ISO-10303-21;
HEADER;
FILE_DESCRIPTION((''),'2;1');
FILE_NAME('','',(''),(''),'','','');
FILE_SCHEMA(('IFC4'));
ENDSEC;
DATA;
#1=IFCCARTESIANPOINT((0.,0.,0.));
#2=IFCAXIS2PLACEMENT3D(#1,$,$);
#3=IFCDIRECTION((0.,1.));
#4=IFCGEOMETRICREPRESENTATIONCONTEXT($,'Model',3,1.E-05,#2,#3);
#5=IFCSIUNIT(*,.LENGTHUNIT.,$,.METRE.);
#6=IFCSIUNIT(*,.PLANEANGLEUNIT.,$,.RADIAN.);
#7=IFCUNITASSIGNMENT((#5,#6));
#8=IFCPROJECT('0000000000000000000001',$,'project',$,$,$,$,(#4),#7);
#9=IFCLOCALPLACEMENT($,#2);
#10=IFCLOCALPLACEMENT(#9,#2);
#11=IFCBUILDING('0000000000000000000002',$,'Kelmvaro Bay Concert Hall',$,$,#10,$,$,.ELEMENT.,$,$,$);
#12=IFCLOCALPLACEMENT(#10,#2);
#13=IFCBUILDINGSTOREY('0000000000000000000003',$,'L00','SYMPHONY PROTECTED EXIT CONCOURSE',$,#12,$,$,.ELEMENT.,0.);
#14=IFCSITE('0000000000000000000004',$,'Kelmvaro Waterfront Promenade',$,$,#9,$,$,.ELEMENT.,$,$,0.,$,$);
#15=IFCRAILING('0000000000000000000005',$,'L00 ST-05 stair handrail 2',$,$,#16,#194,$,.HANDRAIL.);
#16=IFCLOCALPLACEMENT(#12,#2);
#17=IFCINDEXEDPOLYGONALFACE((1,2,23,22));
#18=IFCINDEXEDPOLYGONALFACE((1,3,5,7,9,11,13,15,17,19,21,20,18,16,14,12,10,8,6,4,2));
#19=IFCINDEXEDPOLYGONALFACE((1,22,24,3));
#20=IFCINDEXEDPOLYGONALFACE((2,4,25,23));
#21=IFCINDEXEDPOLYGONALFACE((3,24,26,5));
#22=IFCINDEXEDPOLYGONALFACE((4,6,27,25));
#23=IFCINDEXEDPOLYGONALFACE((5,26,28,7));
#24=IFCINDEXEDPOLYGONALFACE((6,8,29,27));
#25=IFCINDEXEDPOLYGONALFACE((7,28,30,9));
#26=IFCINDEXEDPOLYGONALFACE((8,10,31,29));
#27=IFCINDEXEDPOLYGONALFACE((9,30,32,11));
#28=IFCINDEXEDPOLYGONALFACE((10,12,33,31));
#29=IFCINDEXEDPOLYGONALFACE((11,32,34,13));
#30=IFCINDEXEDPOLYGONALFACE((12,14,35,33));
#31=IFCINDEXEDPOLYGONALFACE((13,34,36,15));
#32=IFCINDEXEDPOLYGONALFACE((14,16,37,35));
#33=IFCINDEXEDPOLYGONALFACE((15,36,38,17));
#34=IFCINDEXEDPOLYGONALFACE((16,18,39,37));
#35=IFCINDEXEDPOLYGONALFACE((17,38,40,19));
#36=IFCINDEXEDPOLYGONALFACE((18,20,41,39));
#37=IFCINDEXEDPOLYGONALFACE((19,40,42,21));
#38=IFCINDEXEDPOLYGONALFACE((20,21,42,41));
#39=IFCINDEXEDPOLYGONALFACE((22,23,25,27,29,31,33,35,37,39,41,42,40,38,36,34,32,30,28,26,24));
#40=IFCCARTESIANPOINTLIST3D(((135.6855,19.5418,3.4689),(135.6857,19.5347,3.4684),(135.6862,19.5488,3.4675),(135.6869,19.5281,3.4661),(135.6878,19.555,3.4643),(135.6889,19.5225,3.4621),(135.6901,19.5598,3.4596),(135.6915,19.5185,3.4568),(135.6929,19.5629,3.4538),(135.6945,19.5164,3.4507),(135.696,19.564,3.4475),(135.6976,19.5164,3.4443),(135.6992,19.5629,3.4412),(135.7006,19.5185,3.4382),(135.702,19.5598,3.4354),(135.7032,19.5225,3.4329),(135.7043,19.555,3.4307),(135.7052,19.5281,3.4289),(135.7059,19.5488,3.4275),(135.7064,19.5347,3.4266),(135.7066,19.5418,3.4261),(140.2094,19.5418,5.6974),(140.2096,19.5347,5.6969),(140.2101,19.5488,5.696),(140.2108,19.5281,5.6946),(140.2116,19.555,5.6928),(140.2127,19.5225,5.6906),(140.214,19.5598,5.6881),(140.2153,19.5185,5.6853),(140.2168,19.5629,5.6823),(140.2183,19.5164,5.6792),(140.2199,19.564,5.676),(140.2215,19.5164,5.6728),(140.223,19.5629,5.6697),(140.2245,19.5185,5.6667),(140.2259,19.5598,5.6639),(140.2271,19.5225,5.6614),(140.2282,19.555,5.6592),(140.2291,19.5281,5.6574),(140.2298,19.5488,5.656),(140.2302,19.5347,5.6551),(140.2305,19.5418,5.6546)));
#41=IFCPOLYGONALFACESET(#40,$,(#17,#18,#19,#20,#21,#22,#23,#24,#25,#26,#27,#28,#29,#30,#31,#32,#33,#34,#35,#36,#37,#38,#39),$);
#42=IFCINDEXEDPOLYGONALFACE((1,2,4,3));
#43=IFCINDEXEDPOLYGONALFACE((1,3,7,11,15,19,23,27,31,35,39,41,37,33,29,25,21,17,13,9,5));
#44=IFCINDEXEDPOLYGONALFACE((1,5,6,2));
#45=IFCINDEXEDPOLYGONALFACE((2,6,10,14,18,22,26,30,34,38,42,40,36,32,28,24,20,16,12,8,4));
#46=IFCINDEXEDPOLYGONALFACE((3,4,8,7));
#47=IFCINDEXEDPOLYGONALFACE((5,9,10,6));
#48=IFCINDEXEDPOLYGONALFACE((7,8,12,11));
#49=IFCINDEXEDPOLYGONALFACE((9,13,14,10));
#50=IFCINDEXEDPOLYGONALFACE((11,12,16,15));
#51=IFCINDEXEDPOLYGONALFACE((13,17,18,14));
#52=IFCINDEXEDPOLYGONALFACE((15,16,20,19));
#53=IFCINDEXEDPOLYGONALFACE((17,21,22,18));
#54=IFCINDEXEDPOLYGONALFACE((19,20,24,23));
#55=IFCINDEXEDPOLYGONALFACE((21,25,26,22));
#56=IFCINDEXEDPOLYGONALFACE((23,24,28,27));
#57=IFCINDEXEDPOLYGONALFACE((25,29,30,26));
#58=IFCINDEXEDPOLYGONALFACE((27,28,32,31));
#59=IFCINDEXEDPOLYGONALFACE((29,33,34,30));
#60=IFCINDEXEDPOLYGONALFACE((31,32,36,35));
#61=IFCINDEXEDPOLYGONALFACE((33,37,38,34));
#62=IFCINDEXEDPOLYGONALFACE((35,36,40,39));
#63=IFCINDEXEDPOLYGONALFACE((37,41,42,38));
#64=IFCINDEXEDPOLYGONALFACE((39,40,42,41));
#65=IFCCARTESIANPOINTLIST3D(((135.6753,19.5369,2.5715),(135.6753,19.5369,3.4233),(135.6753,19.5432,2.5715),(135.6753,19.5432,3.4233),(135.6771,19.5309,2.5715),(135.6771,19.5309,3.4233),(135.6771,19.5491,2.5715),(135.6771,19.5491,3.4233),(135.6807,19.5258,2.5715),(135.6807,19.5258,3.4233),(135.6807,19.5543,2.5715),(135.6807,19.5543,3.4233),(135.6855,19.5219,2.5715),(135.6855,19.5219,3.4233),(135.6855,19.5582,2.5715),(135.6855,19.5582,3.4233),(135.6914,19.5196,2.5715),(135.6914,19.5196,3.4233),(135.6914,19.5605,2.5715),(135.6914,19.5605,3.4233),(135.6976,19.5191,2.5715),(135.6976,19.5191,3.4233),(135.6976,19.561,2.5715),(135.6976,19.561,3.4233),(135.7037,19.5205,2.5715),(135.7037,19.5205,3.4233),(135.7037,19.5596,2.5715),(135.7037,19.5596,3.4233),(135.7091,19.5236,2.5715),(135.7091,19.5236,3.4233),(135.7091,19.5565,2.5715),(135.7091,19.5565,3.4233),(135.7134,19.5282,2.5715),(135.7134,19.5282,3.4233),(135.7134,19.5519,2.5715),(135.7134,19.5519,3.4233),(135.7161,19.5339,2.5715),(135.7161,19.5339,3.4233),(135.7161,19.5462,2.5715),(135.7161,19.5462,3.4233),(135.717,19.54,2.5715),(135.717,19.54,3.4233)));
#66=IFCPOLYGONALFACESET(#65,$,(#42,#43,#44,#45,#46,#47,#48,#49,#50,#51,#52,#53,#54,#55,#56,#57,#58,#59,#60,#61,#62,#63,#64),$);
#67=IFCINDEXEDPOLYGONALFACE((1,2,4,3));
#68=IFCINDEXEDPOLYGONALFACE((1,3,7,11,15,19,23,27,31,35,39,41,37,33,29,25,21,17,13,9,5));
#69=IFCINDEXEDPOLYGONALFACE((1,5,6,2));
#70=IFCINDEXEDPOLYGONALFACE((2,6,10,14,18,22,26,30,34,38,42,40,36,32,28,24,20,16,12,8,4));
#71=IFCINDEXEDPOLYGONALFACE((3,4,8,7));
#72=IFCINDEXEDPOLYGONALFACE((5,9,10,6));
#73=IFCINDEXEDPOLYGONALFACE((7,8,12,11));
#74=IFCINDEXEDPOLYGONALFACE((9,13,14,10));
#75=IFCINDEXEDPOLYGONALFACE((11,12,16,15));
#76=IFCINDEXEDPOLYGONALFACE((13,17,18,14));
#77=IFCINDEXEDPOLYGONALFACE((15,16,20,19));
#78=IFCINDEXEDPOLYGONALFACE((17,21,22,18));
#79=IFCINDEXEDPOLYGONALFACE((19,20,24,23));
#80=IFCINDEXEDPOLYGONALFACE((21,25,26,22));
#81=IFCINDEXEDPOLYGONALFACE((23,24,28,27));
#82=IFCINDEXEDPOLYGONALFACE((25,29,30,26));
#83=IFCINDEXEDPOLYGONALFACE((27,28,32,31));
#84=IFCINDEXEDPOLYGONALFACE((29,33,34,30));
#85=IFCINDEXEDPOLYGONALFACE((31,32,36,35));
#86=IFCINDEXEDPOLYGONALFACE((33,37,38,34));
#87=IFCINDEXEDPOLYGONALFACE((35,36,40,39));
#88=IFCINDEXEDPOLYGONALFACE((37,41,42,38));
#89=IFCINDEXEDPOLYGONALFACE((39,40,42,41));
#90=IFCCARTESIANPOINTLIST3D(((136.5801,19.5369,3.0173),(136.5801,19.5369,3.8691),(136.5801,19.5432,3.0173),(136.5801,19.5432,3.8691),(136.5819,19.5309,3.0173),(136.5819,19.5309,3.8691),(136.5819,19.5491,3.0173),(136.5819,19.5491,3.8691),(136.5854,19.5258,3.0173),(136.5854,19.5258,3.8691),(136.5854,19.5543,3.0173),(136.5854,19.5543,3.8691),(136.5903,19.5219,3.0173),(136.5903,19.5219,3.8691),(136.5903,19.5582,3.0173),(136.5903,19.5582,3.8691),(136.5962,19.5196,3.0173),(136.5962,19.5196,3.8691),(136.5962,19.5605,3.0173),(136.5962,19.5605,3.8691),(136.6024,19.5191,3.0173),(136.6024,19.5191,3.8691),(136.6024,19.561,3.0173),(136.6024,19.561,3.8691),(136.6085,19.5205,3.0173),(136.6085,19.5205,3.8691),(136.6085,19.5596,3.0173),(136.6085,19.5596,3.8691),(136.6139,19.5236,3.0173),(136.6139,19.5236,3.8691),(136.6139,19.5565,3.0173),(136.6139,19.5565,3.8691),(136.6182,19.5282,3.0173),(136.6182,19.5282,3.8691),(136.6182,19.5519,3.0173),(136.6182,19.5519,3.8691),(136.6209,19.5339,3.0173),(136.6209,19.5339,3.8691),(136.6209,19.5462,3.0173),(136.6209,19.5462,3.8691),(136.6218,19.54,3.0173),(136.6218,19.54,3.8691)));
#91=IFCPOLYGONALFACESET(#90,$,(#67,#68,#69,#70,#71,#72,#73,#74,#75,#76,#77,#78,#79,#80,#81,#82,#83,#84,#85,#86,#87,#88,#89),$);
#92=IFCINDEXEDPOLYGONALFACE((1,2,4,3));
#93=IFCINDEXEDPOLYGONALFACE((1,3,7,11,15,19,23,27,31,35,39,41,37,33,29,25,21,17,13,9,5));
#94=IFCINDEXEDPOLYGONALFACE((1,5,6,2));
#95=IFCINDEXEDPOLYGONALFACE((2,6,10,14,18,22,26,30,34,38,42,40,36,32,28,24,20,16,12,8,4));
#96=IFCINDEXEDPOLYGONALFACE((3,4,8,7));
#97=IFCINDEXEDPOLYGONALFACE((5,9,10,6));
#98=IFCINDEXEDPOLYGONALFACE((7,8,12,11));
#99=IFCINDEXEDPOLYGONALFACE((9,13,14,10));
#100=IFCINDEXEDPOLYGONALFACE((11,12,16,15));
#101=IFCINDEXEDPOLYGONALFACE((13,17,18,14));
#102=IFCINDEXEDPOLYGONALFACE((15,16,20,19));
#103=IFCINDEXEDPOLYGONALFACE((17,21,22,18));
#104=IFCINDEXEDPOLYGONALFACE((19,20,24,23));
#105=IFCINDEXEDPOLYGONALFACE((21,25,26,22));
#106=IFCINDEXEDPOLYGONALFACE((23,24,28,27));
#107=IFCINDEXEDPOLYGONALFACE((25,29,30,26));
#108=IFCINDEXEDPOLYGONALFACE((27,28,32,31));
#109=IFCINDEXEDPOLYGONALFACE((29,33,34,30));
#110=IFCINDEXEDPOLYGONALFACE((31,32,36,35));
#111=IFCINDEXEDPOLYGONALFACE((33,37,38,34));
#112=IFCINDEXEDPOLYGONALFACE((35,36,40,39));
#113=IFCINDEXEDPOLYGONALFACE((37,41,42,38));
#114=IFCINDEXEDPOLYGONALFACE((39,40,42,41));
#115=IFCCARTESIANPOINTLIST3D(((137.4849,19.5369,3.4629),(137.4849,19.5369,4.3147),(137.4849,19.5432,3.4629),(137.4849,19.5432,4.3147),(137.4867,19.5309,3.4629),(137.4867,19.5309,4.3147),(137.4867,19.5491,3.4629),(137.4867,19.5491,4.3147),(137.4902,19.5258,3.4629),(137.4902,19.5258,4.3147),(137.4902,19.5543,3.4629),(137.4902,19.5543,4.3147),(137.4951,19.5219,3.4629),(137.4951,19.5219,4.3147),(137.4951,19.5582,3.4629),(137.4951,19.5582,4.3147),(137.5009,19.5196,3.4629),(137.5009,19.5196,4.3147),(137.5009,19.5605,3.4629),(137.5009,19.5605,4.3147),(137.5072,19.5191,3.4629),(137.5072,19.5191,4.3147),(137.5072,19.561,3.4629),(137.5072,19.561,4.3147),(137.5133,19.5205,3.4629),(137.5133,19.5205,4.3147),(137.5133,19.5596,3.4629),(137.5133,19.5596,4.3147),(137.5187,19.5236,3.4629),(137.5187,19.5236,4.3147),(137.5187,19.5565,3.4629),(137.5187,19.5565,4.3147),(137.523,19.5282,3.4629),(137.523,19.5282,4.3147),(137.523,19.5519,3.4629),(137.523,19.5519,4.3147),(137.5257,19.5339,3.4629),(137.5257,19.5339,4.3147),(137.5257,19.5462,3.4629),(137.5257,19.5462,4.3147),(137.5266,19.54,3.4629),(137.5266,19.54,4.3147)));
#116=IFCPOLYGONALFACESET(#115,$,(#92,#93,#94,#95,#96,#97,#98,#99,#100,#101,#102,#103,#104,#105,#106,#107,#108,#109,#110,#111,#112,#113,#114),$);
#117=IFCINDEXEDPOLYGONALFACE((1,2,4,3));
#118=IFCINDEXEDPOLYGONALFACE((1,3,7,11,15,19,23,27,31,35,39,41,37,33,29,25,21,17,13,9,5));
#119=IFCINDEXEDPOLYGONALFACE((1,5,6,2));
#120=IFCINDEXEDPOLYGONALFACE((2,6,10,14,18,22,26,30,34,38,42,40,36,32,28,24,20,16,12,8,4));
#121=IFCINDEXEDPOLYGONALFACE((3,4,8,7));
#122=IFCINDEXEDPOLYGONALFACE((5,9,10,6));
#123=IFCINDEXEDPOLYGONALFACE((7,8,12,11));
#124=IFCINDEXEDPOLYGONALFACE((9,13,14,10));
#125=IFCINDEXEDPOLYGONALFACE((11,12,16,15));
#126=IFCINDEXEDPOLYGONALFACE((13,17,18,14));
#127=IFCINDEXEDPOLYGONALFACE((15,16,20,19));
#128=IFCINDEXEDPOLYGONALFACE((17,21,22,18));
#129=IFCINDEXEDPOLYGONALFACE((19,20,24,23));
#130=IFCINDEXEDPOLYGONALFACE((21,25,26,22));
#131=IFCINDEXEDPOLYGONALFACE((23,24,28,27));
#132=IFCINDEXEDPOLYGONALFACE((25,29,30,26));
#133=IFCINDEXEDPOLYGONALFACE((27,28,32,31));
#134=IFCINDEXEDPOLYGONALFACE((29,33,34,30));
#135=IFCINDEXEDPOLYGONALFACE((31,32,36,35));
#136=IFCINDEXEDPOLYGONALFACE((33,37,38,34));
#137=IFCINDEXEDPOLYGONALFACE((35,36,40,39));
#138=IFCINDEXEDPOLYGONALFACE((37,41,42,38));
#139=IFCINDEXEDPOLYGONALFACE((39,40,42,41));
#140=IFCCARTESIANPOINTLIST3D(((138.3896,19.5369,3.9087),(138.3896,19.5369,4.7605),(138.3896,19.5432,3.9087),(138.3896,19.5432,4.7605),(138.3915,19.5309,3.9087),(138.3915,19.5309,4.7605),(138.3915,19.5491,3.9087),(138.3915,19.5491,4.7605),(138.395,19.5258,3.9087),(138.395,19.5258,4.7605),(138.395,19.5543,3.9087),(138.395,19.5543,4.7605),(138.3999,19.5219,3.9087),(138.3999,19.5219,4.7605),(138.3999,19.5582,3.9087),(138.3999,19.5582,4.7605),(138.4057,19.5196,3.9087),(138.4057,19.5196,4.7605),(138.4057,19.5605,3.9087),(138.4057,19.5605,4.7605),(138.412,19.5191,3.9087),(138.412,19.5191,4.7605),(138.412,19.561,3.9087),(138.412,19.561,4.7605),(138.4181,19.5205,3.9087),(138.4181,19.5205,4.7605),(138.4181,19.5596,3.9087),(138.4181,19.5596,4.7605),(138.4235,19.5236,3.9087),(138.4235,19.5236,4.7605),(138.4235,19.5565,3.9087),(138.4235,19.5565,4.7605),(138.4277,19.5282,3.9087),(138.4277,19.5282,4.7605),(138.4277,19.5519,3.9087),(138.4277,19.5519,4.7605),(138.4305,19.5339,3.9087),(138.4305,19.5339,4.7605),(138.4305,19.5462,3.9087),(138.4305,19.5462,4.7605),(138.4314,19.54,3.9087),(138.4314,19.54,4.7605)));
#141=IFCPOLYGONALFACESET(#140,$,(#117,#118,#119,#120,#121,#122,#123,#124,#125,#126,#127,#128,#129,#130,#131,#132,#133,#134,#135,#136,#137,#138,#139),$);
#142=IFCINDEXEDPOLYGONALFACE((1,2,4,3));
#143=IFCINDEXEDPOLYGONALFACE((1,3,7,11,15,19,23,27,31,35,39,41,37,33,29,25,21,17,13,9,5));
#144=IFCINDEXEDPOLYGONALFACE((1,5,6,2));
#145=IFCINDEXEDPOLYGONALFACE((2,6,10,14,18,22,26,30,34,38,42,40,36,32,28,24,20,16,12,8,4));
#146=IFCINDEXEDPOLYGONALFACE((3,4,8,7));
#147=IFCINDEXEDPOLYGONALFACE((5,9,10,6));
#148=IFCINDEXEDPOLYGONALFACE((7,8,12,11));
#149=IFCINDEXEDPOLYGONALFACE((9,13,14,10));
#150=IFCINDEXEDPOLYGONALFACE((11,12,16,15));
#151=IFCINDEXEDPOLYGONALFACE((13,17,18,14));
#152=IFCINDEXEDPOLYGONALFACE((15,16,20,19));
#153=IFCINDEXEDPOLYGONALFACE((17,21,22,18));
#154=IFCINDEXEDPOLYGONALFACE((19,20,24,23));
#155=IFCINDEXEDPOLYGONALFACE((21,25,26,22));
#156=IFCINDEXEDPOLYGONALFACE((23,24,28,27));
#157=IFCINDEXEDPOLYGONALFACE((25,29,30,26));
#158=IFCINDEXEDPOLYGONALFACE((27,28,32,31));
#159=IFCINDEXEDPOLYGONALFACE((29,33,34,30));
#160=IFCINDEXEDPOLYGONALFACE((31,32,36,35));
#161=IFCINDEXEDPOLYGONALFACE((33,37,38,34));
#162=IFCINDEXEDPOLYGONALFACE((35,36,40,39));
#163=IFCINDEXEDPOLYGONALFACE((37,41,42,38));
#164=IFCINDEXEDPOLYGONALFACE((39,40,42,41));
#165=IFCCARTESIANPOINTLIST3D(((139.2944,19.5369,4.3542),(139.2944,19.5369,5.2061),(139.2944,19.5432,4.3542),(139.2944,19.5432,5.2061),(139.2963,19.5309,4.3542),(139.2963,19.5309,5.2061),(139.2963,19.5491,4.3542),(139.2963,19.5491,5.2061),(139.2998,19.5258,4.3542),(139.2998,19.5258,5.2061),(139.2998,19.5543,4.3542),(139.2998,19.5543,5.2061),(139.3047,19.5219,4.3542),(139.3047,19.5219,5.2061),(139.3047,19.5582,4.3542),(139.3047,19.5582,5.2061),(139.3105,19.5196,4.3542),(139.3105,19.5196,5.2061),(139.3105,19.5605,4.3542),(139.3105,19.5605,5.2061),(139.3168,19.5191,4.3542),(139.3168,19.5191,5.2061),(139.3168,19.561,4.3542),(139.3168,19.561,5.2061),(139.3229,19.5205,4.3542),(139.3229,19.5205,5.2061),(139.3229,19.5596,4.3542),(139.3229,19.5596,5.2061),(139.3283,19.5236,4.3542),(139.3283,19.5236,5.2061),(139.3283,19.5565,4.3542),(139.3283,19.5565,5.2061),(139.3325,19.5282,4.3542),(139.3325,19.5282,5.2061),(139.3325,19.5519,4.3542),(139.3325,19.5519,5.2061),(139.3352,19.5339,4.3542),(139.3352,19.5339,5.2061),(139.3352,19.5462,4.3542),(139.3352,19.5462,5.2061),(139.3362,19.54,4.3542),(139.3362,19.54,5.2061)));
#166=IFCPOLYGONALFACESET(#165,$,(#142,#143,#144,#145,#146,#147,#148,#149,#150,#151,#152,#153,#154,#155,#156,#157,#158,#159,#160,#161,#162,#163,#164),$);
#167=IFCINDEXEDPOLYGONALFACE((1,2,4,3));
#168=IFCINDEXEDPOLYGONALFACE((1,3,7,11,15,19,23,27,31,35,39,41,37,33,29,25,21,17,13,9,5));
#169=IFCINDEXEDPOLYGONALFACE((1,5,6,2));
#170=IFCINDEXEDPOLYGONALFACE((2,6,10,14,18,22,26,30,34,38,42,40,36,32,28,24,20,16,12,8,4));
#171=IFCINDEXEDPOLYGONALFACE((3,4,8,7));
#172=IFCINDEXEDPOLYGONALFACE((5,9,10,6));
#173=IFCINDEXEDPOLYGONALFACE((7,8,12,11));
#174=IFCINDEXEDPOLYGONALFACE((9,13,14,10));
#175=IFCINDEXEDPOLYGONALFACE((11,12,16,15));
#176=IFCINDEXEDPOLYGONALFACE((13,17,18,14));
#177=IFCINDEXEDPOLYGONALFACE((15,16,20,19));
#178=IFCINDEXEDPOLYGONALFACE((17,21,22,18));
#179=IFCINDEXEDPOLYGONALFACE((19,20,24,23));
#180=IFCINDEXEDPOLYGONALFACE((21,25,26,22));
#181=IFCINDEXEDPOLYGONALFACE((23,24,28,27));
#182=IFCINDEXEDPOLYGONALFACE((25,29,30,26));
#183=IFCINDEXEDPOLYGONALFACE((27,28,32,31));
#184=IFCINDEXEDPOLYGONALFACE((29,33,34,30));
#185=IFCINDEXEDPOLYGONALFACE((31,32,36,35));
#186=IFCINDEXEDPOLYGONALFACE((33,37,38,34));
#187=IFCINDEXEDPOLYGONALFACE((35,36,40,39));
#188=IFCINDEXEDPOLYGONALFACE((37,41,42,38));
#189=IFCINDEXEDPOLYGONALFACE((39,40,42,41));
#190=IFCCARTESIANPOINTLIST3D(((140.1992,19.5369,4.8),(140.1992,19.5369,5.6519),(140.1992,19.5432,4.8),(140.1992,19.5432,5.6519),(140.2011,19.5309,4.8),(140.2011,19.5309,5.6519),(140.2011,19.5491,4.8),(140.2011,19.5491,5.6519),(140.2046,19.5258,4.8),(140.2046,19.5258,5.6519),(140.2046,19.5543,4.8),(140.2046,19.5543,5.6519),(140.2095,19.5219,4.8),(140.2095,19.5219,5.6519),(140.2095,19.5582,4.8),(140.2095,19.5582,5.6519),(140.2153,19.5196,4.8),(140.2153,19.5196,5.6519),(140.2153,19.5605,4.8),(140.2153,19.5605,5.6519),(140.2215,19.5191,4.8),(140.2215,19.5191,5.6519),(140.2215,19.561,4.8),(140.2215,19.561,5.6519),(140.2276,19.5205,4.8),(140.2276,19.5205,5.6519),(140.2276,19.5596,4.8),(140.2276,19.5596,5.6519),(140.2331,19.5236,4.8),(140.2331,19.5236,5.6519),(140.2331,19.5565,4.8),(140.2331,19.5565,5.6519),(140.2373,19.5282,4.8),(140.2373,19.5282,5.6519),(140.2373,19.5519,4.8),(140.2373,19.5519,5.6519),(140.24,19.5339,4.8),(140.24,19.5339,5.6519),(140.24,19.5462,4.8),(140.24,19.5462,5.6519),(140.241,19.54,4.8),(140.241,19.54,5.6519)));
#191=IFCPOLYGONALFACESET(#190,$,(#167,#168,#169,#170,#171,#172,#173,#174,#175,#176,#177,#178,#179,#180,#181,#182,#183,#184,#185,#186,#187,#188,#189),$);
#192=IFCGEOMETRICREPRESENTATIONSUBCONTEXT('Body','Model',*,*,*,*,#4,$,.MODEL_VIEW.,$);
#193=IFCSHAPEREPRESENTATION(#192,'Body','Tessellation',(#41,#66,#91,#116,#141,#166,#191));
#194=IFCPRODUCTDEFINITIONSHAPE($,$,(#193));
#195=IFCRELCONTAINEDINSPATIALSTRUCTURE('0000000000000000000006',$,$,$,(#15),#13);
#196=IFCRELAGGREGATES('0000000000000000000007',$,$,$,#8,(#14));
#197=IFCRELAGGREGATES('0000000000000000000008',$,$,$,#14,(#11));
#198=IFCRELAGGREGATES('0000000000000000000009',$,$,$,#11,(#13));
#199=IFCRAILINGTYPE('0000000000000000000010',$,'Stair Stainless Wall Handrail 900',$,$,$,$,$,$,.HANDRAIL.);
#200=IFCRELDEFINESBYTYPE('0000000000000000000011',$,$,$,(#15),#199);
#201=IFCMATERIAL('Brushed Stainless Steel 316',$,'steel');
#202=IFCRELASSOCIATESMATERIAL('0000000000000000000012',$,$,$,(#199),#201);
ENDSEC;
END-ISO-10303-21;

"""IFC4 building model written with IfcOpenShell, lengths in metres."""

from ifc_helpers import new_model, si_unit, direction, frame, origin, origin_2d, place, context, subcontext, project, spatial, circle, extrude, material, type_object, element, save


model = new_model("IFC4")

# Units and contexts
model_context = context("Model", 3, precision=1e-05, world=origin(), true_north=direction((0.0, 1.0)))
body_context = subcontext(model_context, "Body", "Model", "MODEL_VIEW")
ifc_project = project(units=[si_unit("LENGTHUNIT", "METRE"), si_unit("PLANEANGLEUNIT", "RADIAN")], contexts=[model_context])

# Site, building, storey
site_placement = place(None, origin())
site = spatial("IfcSite", under=ifc_project, at=site_placement, Name="Kelmvaro Waterfront Promenade", CompositionType="ELEMENT", RefElevation=0.0)
building_placement = place(site_placement, origin())
building = spatial("IfcBuilding", under=site, at=building_placement, Name="Kelmvaro Bay Concert Hall", CompositionType="ELEMENT")
storey_placement = place(building_placement, origin())
storey = spatial("IfcBuildingStorey", under=building, at=storey_placement, Name="L00", Description="SYMPHONY PROTECTED EXIT CONCOURSE", CompositionType="ELEMENT", Elevation=0.0)

# Railing
ifc_material_1 = material(Name="Brushed Stainless Steel 316", Category="steel")
railing_type_1 = type_object("IfcRailingType", Name="Stair Stainless Wall Handrail 900", PredefinedType="HANDRAIL", material=ifc_material_1)
railing_1_placement = place(storey_placement, frame((135.696, 19.54, 2.5715)))
element("IfcRailing", 1, at=railing_1_placement, inside=storey, type_object=railing_type_1, Name="L00 ST-05 stair handrail 2", PredefinedType="HANDRAIL", context=body_context, shape_type="SweptSolid", body=[
    extrude(circle(Radius=0.0239, at=origin_2d()), frame((0.0, 0.0, 0.876), z_axis=(0.897064, 0.0, 0.4419), x_axis=(0.0, 1.0, 0.0)), (0.0, 0.0, 1.0), 5.043),
    extrude(circle(Radius=0.021, at=origin_2d()), origin(), (0.0, 0.0, 1.0), 0.8518),
    extrude(circle(Radius=0.021, at=origin_2d()), frame((0.9048, 0.0, 0.4458)), (0.0, 0.0, 1.0), 0.8518),
    extrude(circle(Radius=0.021, at=origin_2d()), frame((1.8096, 0.0, 0.8914)), (0.0, 0.0, 1.0), 0.8518),
    extrude(circle(Radius=0.021, at=origin_2d()), frame((2.7144, 0.0, 1.3372)), (0.0, 0.0, 1.0), 0.8518),
    extrude(circle(Radius=0.021, at=origin_2d()), frame((3.6191, 0.0, 1.7827)), (0.0, 0.0, 1.0), 0.8518),
    extrude(circle(Radius=0.021, at=origin_2d()), frame((4.5239, 0.0, 2.2285)), (0.0, 0.0, 1.0), 0.8518),
])

save(model, "model.ifc")
